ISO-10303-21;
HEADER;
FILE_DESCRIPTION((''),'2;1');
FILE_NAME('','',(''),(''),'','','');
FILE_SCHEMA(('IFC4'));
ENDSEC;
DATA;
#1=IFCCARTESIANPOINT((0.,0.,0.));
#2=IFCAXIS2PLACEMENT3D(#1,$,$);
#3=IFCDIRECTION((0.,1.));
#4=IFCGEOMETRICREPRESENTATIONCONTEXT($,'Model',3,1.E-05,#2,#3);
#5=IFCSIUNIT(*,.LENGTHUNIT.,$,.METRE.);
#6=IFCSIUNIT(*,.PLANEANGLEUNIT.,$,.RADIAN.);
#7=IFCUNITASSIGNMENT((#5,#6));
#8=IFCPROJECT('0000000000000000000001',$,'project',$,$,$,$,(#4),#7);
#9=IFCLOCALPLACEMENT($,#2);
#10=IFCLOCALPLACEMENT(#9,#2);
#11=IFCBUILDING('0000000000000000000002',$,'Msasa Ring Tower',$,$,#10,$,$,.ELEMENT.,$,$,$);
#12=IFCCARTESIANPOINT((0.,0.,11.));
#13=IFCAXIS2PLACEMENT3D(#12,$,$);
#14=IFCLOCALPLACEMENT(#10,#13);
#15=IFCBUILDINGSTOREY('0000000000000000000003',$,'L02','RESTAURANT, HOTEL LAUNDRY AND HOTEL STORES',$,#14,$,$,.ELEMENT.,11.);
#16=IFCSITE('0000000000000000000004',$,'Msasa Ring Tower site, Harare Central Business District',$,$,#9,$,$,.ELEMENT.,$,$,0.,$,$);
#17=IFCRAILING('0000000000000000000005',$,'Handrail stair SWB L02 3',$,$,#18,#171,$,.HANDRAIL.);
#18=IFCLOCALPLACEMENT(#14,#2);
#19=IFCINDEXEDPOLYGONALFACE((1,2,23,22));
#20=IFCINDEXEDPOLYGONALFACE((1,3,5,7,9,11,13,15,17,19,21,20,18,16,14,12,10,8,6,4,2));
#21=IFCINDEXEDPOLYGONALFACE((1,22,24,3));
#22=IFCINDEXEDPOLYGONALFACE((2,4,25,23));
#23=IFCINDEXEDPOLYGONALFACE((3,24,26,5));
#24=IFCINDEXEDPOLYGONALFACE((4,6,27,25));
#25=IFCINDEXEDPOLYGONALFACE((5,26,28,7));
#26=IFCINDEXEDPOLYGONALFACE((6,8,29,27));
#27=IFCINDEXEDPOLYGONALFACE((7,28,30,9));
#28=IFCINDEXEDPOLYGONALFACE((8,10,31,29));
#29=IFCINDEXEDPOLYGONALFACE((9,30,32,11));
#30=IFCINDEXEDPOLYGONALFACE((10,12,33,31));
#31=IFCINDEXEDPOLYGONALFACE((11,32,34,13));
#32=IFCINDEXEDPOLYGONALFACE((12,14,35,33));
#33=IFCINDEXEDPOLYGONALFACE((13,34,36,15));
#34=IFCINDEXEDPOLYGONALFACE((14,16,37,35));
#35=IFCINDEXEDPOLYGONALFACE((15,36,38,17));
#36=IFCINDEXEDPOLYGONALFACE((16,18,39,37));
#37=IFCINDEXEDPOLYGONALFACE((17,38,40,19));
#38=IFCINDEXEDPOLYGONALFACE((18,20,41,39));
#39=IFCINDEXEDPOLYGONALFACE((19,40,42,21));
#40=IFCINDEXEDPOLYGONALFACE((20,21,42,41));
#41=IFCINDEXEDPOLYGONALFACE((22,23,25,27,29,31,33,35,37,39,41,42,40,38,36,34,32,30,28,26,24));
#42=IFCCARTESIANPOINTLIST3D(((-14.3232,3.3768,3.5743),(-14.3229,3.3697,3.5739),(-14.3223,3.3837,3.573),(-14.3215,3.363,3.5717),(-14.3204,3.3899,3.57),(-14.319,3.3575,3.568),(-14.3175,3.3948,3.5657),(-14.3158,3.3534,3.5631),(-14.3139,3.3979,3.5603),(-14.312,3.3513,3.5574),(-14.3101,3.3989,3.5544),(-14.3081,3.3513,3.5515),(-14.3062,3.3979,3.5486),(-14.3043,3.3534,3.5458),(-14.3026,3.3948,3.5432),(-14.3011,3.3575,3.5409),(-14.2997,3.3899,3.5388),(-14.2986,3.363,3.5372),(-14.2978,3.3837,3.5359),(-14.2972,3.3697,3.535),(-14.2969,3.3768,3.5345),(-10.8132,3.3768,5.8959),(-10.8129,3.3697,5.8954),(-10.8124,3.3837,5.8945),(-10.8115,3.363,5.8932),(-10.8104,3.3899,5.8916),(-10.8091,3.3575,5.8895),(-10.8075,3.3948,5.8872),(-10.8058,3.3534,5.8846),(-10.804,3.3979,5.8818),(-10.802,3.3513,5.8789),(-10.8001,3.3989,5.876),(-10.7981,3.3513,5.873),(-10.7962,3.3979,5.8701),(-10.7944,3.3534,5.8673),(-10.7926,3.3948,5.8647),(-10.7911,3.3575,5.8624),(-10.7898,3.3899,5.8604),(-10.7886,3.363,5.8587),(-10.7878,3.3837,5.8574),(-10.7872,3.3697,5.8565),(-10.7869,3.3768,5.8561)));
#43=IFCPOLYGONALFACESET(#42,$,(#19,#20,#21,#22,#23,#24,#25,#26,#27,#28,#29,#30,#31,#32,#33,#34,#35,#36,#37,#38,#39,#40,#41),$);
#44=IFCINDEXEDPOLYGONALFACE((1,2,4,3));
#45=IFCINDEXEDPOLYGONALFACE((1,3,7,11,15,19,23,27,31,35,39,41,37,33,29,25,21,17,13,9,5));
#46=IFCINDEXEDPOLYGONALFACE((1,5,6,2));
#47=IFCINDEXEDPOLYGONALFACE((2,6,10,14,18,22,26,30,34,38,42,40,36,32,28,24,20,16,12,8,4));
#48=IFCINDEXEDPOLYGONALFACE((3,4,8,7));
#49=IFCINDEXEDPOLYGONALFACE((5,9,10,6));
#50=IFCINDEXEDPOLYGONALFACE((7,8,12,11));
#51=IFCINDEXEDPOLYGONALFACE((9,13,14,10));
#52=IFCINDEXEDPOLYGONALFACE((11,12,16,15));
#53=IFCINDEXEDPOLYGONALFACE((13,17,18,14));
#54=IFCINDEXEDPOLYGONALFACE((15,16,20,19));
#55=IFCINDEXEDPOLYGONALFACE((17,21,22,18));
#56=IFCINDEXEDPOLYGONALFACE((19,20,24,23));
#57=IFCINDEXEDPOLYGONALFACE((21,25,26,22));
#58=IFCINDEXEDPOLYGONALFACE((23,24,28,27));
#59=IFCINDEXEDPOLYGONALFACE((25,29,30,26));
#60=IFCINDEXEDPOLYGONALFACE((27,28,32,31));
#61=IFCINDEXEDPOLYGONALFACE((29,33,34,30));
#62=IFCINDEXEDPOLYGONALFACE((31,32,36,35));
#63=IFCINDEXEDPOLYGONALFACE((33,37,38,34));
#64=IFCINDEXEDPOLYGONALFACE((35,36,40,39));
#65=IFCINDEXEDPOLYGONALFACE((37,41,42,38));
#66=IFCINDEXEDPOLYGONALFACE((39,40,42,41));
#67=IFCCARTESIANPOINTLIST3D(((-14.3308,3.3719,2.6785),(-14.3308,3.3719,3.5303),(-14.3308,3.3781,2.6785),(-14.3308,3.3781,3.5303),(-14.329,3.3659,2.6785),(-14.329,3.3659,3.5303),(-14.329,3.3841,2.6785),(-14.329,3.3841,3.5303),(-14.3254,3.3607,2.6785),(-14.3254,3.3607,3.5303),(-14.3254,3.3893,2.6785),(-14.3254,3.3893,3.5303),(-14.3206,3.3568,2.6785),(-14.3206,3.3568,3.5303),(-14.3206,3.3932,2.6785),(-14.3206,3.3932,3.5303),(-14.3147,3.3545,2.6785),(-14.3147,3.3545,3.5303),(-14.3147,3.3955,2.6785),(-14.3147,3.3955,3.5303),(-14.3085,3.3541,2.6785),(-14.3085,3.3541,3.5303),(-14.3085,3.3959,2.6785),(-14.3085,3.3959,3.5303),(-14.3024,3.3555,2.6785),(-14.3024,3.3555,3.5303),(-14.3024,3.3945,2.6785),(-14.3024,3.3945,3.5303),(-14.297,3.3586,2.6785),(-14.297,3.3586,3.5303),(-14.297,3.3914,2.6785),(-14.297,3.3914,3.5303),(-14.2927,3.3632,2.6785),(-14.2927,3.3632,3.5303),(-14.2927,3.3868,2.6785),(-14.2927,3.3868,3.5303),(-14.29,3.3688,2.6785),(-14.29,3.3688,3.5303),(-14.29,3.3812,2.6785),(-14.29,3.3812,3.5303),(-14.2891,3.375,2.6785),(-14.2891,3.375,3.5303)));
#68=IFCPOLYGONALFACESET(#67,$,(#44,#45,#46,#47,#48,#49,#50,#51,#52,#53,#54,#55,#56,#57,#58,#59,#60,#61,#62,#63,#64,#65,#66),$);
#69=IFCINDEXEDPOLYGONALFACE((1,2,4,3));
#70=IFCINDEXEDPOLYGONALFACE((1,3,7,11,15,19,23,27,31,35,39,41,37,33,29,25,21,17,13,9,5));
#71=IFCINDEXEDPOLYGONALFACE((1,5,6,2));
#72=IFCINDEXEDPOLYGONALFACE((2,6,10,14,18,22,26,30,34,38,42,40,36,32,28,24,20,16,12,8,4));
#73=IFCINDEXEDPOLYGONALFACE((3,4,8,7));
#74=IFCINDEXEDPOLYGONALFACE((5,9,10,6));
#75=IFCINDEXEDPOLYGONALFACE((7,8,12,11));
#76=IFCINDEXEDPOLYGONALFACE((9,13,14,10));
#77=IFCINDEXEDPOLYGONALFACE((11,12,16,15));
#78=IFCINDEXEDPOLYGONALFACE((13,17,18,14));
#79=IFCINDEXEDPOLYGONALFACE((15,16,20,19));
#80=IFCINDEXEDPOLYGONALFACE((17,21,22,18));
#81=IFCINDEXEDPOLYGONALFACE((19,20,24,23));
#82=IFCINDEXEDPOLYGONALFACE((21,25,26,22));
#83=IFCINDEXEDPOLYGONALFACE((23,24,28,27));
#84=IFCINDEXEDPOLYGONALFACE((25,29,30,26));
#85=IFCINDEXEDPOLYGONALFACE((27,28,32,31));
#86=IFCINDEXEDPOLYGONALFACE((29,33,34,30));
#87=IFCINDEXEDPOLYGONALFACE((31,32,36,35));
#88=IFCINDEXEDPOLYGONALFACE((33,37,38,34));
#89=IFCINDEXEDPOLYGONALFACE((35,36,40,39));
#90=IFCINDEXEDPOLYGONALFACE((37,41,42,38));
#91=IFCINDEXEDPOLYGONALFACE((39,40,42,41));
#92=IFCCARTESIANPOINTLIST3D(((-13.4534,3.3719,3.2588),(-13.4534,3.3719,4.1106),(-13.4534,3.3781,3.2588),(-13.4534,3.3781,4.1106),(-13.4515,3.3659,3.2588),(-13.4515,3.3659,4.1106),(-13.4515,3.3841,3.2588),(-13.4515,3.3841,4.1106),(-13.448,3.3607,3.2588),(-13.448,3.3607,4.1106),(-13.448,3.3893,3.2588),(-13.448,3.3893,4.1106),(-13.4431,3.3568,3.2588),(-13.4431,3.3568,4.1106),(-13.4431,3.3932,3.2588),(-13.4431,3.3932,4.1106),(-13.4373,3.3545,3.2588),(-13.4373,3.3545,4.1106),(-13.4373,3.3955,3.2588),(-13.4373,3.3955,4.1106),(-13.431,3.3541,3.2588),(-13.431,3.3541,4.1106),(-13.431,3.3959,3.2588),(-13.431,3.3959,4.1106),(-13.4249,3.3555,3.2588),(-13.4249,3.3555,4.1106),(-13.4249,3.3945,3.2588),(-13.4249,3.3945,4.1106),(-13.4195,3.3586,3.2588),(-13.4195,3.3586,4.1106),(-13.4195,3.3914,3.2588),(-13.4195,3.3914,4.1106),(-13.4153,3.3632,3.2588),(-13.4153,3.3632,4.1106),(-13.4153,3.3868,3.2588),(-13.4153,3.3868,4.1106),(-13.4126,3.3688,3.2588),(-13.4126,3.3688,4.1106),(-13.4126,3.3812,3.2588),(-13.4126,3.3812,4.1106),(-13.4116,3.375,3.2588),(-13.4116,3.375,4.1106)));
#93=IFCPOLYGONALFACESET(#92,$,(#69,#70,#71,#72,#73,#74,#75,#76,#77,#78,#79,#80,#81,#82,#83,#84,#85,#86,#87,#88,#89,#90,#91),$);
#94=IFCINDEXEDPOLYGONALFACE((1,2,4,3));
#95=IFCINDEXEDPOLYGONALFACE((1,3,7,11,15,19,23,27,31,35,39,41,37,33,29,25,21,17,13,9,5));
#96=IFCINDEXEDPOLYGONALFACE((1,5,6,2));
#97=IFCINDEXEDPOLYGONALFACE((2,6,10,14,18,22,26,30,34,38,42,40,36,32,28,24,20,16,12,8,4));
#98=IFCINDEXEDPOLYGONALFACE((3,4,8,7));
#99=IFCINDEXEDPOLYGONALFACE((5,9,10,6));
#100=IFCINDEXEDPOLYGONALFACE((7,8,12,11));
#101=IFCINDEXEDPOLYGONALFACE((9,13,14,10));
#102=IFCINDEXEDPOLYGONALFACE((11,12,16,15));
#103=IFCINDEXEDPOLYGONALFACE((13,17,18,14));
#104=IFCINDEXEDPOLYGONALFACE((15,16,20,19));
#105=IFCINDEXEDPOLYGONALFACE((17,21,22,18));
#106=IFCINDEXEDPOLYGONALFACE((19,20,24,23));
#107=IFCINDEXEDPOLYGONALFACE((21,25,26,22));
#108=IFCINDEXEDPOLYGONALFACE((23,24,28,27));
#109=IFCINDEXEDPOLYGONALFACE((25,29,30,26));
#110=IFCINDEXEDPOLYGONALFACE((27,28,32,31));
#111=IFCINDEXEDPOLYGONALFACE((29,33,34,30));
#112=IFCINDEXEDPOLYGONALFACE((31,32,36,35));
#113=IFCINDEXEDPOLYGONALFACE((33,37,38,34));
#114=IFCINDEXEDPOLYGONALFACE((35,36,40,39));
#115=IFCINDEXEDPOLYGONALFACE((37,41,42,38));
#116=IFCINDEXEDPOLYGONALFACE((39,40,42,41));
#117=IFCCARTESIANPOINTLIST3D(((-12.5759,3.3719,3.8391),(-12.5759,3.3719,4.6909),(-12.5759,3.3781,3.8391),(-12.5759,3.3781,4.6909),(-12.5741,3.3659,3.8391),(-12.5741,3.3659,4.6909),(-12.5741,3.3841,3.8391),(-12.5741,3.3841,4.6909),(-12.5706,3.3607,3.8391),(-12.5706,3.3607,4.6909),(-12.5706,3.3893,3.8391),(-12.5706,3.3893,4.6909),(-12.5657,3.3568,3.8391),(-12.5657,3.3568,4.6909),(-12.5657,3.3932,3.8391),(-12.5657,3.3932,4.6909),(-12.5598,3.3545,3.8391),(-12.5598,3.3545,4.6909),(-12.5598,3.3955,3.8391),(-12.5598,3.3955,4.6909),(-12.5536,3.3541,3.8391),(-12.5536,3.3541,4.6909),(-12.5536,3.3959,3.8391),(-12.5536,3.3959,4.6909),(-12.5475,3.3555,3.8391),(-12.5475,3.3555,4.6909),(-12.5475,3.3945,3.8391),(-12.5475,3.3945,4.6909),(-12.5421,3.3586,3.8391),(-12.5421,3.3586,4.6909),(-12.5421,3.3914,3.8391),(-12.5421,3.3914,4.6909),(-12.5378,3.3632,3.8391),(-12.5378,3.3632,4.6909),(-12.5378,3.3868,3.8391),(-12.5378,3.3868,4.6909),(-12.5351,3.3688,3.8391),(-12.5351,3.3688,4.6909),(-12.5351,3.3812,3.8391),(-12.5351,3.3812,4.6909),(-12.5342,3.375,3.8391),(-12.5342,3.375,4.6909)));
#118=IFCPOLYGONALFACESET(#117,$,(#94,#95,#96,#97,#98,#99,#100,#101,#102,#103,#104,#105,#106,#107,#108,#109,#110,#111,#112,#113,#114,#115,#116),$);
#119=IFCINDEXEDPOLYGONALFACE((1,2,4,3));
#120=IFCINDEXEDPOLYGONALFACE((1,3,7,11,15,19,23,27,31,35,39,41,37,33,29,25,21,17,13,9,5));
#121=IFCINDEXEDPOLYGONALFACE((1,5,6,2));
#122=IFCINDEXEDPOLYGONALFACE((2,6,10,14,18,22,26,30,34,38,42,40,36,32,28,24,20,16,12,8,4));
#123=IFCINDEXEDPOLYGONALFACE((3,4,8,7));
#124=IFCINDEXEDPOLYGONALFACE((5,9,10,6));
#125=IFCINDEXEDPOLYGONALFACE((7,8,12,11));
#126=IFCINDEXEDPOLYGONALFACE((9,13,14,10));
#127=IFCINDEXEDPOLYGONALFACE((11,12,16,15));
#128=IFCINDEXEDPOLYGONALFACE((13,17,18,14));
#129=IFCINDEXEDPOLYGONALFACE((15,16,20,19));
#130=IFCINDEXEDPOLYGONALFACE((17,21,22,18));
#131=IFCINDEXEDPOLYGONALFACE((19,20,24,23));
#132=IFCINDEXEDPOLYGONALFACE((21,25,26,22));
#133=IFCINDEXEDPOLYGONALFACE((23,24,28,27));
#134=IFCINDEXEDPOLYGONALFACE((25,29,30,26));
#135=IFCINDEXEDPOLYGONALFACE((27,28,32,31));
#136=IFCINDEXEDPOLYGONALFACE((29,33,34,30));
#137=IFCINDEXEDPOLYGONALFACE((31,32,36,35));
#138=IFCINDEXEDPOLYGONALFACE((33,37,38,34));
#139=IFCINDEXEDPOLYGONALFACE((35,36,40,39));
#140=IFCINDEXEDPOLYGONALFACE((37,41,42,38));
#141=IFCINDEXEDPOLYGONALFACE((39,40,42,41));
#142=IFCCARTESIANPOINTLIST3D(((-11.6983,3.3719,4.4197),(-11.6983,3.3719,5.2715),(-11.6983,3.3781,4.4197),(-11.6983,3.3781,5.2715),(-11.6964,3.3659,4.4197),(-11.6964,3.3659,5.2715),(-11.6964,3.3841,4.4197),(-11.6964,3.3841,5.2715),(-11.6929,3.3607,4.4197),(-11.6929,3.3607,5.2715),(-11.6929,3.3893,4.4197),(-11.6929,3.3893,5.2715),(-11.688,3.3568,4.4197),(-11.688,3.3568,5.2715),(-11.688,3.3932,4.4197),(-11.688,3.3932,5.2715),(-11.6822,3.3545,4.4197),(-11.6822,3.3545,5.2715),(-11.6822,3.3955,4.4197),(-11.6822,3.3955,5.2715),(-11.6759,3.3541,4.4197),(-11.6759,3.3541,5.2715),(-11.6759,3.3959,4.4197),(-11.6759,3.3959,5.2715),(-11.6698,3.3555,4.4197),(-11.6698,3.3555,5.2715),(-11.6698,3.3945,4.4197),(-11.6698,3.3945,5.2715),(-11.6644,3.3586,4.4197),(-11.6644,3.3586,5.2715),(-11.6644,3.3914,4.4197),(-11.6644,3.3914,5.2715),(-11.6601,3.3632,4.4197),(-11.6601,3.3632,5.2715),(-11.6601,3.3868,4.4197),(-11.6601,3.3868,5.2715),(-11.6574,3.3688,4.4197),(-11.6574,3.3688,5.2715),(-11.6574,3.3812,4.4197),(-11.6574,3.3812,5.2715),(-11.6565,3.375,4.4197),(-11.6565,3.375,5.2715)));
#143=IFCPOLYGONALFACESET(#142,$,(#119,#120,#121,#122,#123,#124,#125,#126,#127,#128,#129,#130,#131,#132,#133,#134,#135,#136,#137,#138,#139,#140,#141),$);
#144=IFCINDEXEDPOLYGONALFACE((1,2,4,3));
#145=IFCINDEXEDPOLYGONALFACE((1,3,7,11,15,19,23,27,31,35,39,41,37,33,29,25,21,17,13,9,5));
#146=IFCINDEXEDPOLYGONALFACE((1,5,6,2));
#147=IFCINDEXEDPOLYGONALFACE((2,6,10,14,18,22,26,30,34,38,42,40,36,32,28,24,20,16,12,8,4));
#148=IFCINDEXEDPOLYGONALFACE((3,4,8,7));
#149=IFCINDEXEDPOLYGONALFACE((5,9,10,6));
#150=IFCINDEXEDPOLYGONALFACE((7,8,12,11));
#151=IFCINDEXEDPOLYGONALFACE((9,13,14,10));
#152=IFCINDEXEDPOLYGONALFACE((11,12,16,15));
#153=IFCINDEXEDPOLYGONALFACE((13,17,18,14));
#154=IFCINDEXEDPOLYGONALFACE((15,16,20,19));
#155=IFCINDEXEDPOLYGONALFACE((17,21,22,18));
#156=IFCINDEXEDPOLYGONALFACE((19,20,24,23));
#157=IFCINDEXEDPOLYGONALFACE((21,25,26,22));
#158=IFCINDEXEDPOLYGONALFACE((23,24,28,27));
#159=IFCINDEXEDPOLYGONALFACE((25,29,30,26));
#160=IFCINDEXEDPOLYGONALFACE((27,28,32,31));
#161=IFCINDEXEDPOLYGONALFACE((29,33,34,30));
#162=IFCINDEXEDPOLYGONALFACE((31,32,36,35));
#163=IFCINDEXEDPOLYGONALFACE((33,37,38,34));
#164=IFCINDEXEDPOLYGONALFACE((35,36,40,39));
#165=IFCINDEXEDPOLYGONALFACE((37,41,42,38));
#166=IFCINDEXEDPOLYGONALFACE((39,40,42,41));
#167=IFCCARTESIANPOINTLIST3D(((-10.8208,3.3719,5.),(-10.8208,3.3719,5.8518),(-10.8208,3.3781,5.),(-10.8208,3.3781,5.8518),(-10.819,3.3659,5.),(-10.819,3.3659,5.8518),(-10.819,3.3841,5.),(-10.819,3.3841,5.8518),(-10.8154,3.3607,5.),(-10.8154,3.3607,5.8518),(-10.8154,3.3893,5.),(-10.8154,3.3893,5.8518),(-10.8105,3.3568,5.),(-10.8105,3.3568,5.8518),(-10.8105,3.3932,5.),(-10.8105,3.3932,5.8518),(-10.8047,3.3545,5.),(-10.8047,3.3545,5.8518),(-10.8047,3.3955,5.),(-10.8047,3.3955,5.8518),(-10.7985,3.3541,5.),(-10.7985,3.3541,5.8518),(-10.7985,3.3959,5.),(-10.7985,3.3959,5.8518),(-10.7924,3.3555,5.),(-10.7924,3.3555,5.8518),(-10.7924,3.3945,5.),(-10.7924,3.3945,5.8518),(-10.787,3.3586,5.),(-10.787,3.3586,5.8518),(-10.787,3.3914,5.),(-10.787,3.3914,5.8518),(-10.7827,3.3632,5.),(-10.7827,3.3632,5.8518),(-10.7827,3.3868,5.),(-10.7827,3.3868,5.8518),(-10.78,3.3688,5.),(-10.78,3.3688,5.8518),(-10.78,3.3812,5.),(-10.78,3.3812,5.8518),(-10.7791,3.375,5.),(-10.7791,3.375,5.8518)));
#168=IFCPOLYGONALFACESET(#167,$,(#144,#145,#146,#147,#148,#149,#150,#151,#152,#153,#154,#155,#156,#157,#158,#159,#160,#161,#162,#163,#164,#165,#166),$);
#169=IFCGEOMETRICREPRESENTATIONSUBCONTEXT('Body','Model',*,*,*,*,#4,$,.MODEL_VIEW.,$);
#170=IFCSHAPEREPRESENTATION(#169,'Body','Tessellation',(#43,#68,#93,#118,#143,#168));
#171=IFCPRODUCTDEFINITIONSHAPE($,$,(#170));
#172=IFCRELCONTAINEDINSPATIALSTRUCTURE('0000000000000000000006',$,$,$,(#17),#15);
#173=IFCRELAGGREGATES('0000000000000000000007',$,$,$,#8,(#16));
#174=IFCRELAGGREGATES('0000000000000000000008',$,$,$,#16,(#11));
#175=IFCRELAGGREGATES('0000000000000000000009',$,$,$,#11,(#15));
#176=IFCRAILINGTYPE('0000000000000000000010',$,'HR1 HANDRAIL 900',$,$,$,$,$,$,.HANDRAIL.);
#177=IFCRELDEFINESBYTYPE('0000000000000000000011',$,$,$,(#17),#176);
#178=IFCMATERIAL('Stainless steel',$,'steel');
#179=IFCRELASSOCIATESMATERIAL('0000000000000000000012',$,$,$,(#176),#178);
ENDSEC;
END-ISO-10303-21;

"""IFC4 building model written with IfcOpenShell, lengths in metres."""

from ifc_helpers import new_model, si_unit, direction, frame, origin, origin_2d, place, context, subcontext, project, spatial, circle, extrude, material, type_object, element, save


model = new_model("IFC4")

# Units and contexts
model_context = context("Model", 3, precision=1e-05, world=origin(), true_north=direction((0.0, 1.0)))
body_context = subcontext(model_context, "Body", "Model", "MODEL_VIEW")
ifc_project = project(units=[si_unit("LENGTHUNIT", "METRE"), si_unit("PLANEANGLEUNIT", "RADIAN")], contexts=[model_context])

# Site, building, storey
site_placement = place(None, origin())
site = spatial("IfcSite", under=ifc_project, at=site_placement, Name="Msasa Ring Tower site, Harare Central Business District", CompositionType="ELEMENT", RefElevation=0.0)
building_placement = place(site_placement, origin())
building = spatial("IfcBuilding", under=site, at=building_placement, Name="Msasa Ring Tower", CompositionType="ELEMENT")
storey_placement = place(building_placement, frame((0.0, 0.0, 11.0)))
storey = spatial("IfcBuildingStorey", under=building, at=storey_placement, Name="L02", Description="RESTAURANT, HOTEL LAUNDRY AND HOTEL STORES", CompositionType="ELEMENT", Elevation=11.0)

# Railing
ifc_material_1 = material(Name="Stainless steel", Category="steel")
railing_type = type_object("IfcRailingType", Name="HR1 HANDRAIL 900", PredefinedType="HANDRAIL", material=ifc_material_1)
for number, where, name in (
    (1, (-14.3101, 3.375, 2.6785), "Handrail stair SWB L02 3"),
):
    element("IfcRailing", number, at=place(storey_placement, frame(where)), inside=storey, type_object=railing_type, Name=name, PredefinedType="HANDRAIL", context=body_context, shape_type="SweptSolid", body=[
        extrude(circle(Radius=0.0239, at=origin_2d()), frame((0.0, 0.0, 0.876), z_axis=(0.834071, 0.0, 0.551657), x_axis=(0.0, 1.0, 0.0)), (0.0, 0.0, 1.0), 4.2083),
        extrude(circle(Radius=0.021, at=origin_2d()), origin(), (0.0, 0.0, 1.0), 0.8518),
        extrude(circle(Radius=0.021, at=origin_2d()), frame((0.8774, 0.0, 0.5803)), (0.0, 0.0, 1.0), 0.8518),
        extrude(circle(Radius=0.021, at=origin_2d()), frame((1.7549, 0.0, 1.1606)), (0.0, 0.0, 1.0), 0.8518),
        extrude(circle(Radius=0.021, at=origin_2d()), frame((2.6326, 0.0, 1.7412)), (0.0, 0.0, 1.0), 0.8518),
        extrude(circle(Radius=0.021, at=origin_2d()), frame((3.51, 0.0, 2.3215)), (0.0, 0.0, 1.0), 0.8518),
    ])

save(model, "model.ifc")
